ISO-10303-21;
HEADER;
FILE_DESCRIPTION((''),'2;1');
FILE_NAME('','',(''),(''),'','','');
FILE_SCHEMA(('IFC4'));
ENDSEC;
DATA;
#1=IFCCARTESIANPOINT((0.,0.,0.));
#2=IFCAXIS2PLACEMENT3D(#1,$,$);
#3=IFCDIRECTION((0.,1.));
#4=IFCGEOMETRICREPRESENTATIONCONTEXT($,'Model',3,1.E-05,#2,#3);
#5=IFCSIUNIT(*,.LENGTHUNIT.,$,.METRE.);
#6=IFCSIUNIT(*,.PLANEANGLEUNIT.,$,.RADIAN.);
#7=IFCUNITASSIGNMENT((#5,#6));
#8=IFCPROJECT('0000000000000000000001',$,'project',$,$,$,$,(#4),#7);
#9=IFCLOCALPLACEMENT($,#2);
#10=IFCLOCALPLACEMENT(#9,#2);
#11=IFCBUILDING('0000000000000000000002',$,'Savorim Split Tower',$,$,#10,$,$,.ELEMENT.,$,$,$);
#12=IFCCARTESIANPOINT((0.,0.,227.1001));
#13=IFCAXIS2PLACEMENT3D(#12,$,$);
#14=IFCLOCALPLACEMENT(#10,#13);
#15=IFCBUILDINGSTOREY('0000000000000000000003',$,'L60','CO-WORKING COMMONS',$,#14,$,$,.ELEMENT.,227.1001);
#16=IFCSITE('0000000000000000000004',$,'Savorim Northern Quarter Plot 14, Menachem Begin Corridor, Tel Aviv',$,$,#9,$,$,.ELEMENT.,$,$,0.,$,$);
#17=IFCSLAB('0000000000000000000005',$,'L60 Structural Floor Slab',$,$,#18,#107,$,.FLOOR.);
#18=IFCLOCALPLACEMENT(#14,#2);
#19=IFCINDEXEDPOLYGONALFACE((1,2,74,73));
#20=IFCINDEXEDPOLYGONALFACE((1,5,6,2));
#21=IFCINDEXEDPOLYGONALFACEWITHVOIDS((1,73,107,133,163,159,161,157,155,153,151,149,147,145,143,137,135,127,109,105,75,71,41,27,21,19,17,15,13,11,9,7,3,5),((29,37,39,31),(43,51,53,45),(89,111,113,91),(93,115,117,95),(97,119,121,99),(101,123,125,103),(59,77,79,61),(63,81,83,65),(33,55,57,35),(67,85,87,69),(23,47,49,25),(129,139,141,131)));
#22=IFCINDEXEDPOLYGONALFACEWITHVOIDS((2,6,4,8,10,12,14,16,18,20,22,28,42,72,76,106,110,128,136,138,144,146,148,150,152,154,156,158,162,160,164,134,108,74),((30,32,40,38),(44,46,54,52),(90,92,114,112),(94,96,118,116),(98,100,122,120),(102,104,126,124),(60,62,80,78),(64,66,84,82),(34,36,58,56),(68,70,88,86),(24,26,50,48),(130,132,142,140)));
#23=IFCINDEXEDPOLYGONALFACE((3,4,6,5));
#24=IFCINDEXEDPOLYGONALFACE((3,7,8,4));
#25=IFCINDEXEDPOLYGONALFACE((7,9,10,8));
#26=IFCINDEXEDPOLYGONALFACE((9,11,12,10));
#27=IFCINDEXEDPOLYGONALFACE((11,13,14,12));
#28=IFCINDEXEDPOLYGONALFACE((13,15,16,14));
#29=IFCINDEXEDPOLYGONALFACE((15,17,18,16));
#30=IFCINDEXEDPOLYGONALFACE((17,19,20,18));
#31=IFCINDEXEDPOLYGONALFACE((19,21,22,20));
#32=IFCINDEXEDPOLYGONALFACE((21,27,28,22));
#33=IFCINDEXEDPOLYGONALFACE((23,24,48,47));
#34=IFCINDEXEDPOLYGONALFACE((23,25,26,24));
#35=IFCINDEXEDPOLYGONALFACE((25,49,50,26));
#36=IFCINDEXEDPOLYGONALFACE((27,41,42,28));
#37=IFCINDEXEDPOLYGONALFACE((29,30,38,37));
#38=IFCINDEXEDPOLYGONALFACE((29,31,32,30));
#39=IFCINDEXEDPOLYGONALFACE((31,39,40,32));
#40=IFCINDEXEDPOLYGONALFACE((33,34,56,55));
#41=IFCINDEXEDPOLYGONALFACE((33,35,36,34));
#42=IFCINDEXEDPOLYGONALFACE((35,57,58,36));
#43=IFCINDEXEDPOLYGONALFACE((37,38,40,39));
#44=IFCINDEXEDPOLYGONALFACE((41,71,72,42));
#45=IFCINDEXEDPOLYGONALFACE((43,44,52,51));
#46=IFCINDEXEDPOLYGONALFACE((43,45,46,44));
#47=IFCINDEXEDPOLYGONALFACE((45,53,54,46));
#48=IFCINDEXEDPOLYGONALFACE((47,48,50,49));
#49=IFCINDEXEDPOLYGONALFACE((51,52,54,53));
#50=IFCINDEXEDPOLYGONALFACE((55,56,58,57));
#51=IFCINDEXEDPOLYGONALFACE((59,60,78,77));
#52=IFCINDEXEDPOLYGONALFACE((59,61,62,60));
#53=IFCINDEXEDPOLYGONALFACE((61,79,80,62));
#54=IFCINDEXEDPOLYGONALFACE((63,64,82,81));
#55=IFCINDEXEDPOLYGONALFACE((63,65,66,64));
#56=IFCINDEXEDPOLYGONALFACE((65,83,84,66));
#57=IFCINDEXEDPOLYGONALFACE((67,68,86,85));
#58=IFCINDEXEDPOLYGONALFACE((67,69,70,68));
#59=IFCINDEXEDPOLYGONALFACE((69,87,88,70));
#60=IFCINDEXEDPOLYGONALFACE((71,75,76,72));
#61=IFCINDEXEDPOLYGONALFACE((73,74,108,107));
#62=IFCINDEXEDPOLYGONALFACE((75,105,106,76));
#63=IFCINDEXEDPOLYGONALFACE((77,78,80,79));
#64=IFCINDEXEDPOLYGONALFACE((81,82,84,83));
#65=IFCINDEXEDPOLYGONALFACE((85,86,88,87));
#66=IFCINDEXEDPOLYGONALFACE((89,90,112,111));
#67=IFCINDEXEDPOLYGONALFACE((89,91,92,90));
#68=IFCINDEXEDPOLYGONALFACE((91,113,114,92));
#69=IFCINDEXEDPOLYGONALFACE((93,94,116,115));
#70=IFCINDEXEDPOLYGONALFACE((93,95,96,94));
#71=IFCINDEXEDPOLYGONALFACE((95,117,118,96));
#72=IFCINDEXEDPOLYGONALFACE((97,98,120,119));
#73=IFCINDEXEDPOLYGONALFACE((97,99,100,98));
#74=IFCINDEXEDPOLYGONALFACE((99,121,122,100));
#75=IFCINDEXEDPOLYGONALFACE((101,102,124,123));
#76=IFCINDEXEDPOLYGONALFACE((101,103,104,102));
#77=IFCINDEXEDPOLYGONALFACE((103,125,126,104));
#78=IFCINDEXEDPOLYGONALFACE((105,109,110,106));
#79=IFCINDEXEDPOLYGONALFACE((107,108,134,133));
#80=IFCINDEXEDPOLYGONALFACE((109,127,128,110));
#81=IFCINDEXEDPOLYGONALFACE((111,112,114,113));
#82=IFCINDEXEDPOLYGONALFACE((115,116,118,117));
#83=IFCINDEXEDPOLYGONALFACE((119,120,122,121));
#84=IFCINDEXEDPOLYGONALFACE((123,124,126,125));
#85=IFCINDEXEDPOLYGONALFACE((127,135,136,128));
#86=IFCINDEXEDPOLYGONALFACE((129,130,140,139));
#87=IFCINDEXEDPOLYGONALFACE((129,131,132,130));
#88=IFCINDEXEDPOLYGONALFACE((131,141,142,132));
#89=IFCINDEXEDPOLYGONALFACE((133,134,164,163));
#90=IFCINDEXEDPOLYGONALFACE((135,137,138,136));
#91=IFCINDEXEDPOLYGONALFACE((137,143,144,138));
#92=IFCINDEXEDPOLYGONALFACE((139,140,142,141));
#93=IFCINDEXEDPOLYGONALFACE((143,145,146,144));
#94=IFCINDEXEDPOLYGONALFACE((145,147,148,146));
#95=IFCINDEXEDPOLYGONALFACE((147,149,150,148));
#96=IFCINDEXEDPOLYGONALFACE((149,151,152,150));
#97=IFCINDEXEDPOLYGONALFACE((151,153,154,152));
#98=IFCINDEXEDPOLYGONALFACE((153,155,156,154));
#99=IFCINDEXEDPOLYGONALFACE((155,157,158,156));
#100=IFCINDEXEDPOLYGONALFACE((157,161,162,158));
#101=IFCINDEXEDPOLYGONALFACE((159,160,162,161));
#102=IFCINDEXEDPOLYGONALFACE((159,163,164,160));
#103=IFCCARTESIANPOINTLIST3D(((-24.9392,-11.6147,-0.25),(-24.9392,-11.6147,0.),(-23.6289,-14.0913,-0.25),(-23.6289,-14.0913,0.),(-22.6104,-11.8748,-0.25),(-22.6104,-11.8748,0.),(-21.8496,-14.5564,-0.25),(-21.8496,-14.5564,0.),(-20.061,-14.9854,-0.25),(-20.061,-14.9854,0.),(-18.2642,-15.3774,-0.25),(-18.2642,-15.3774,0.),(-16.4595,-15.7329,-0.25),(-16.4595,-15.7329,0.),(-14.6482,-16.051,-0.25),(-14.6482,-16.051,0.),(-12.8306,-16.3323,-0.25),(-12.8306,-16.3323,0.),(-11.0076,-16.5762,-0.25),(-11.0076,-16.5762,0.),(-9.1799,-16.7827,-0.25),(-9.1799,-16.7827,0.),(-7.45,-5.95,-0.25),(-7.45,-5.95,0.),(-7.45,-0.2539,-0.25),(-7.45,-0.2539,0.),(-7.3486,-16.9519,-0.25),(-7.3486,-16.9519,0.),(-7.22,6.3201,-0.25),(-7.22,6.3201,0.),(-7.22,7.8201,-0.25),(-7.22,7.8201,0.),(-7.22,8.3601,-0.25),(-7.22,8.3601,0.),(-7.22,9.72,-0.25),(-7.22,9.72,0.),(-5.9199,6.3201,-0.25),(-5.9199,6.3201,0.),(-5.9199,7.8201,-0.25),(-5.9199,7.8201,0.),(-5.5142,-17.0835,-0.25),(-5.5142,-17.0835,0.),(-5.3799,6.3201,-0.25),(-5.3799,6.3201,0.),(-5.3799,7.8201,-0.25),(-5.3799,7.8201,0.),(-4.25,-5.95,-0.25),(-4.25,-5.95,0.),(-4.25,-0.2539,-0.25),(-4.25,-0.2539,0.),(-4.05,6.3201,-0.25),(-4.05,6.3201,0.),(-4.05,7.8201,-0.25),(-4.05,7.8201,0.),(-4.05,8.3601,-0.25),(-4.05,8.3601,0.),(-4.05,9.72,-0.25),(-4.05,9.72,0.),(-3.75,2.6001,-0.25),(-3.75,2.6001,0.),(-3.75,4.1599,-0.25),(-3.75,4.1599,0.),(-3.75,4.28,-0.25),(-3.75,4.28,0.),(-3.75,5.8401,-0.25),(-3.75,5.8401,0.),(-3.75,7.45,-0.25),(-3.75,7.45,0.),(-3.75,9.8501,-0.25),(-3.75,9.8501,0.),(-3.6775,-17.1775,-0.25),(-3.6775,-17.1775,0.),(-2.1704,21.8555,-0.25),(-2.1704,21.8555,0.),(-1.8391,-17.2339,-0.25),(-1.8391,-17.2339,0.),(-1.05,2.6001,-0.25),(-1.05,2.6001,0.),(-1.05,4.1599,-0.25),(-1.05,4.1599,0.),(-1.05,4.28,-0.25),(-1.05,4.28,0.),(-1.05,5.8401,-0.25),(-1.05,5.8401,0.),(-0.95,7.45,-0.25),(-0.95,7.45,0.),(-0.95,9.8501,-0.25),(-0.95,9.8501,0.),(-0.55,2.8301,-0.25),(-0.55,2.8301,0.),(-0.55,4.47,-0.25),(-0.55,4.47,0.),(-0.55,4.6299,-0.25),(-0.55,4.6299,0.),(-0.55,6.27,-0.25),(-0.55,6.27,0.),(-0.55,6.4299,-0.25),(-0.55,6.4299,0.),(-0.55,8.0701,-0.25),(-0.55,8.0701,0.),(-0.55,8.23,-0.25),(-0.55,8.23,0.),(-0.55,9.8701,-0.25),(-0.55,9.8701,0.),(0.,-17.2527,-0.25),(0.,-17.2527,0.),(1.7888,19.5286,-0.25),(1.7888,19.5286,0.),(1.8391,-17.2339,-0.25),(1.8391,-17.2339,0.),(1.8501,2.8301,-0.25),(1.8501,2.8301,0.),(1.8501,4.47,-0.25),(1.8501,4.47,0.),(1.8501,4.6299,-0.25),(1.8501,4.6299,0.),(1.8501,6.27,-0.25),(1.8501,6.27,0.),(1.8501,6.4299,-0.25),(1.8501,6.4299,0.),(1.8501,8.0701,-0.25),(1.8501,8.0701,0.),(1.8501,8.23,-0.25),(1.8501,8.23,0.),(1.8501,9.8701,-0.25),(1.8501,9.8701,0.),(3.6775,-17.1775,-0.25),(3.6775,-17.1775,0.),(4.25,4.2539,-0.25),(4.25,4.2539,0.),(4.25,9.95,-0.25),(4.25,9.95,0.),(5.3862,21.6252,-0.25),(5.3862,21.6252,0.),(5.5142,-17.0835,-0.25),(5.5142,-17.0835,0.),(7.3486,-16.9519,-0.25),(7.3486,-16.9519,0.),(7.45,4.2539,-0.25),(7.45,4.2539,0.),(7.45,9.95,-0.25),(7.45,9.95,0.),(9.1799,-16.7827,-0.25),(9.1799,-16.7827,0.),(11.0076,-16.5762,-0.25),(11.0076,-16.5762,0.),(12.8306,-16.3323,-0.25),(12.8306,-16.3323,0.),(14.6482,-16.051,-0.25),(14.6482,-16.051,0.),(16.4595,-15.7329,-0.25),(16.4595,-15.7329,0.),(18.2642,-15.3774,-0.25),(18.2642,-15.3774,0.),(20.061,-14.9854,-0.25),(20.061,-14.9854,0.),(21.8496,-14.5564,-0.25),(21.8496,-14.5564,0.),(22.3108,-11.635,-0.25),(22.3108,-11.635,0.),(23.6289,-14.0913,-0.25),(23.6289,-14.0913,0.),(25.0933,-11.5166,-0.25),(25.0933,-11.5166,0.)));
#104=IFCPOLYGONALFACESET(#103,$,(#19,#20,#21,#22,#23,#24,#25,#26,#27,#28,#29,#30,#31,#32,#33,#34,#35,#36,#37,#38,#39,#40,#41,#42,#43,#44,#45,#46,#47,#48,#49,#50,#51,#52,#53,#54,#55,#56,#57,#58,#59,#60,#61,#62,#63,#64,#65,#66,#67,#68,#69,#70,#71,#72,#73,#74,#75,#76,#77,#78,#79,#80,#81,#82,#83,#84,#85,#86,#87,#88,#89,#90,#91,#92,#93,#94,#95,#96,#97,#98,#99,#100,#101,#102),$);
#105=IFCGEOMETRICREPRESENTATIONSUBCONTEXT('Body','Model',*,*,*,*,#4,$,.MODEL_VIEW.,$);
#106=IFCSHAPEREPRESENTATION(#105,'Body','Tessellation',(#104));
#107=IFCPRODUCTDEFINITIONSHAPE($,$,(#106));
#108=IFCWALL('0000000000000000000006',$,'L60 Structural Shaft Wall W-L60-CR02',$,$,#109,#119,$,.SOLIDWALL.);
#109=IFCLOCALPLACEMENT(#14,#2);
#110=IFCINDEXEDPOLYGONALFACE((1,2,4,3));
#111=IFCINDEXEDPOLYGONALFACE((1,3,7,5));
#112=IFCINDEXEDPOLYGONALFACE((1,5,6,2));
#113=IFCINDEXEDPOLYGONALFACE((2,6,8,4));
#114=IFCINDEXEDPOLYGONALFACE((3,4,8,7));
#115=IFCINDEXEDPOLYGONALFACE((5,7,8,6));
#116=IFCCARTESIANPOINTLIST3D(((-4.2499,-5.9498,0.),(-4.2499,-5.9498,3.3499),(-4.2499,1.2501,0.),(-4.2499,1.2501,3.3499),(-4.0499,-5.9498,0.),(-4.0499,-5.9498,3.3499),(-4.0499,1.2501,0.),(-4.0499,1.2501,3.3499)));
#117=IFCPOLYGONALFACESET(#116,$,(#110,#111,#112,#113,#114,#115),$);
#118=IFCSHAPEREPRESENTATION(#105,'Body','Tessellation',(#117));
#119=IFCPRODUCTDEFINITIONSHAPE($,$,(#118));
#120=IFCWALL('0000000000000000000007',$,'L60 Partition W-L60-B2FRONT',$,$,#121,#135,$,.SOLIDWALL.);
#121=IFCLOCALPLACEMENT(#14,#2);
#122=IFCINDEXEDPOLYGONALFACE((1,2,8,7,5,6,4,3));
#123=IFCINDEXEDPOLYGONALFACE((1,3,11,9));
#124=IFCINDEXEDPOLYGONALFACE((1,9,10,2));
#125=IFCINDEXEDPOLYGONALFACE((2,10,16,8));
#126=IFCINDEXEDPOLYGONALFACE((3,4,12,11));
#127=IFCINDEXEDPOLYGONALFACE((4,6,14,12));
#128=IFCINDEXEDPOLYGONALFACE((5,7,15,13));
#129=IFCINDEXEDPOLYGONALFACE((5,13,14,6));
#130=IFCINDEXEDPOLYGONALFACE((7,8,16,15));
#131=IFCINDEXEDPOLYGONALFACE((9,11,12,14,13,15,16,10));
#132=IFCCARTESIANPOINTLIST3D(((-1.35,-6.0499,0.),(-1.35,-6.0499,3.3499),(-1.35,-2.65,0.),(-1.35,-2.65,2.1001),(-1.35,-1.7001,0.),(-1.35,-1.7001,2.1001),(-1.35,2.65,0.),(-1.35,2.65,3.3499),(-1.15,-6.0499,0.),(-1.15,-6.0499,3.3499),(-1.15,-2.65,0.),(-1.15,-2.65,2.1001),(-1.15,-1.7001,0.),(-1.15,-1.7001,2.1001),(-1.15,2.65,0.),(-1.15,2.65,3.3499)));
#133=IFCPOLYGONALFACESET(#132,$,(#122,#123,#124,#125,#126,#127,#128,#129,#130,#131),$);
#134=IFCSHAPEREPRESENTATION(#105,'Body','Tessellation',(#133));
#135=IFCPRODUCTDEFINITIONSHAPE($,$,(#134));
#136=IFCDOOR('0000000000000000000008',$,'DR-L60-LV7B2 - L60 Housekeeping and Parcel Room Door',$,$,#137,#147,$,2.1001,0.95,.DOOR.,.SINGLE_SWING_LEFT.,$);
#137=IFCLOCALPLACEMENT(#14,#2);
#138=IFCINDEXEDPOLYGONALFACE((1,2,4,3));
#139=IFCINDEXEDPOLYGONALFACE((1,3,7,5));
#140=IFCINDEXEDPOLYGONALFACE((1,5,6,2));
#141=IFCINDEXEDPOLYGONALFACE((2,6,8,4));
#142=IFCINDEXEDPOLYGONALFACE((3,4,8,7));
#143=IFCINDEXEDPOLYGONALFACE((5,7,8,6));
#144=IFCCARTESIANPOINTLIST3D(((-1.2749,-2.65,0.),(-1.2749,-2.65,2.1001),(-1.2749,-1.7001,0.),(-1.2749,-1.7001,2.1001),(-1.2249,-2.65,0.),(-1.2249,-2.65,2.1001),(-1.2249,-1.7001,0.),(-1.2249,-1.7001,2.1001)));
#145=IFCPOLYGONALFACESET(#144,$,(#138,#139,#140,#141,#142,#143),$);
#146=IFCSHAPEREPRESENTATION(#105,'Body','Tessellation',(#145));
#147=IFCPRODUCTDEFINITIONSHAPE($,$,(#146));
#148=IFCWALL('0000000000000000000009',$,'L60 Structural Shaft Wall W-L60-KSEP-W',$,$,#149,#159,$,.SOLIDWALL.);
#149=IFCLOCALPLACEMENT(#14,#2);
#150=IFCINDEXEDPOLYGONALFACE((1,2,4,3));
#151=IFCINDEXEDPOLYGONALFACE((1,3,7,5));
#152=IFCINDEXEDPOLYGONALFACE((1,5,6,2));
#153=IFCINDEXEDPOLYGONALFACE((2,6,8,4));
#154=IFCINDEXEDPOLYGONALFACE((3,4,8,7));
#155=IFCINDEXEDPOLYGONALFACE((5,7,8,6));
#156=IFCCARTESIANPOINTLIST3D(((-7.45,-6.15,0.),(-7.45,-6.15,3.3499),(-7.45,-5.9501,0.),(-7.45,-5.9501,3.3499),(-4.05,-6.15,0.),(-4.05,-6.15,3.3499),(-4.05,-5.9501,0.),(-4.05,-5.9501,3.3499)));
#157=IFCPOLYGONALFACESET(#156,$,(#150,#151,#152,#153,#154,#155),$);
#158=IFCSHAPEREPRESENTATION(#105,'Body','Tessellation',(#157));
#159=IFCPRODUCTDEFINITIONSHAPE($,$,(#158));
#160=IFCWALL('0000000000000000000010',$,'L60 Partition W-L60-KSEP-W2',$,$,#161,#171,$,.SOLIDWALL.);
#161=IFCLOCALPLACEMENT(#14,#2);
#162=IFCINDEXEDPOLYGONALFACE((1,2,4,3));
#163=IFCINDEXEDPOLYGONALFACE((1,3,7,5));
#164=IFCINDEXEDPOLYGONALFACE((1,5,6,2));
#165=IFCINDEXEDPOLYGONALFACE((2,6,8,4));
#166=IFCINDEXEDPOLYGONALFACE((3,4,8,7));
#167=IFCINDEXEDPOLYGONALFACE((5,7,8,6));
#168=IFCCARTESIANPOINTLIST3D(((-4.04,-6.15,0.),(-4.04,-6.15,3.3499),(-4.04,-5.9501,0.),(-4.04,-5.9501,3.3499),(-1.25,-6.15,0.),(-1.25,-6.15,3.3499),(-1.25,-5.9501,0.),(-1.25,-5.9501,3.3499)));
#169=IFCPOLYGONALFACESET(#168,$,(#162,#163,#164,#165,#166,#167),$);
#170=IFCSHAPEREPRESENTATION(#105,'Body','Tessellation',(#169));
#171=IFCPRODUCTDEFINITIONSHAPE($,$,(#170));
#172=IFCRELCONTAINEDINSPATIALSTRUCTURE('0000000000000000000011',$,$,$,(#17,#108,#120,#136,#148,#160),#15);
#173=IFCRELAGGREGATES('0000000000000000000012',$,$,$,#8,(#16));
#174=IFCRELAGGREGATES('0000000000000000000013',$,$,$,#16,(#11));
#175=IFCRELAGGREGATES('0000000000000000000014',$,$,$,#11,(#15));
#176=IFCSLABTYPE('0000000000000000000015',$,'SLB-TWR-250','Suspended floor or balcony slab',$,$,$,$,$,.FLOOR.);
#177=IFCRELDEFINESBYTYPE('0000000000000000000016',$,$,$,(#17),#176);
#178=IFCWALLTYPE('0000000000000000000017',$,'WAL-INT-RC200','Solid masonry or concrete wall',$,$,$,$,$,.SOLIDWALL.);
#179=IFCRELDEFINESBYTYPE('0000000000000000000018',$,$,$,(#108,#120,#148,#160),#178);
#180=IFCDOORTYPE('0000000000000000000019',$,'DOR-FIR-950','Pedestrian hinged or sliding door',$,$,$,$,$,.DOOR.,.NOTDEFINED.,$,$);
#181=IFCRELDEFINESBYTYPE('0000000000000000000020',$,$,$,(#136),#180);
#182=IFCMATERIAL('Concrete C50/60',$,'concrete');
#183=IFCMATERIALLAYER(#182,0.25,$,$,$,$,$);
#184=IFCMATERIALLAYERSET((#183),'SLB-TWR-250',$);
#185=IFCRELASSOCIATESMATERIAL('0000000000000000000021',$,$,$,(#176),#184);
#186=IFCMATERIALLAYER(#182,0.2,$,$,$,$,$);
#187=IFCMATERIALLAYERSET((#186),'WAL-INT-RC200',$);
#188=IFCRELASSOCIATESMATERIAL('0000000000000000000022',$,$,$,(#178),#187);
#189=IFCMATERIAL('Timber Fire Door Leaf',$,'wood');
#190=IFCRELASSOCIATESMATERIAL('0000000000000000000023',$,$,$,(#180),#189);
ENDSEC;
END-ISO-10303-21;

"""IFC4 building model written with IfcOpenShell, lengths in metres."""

from ifc_helpers import new_model, si_unit, direction, frame, frame_2d, origin, place, context, subcontext, project, spatial, polyline, rectangle, outline, extrude, material, layer, layer_set, type_object, element, fill, save


model = new_model("IFC4")

# Units and contexts
model_context = context("Model", 3, precision=1e-05, world=origin(), true_north=direction((0.0, 1.0)))
body_context = subcontext(model_context, "Body", "Model", "MODEL_VIEW")
ifc_project = project(units=[si_unit("LENGTHUNIT", "METRE"), si_unit("PLANEANGLEUNIT", "RADIAN")], contexts=[model_context])

# Site, building, storey
site_placement = place(None, origin())
site = spatial("IfcSite", under=ifc_project, at=site_placement, Name="Savorim Northern Quarter Plot 14, Menachem Begin Corridor, Tel Aviv", CompositionType="ELEMENT", RefElevation=0.0)
building_placement = place(site_placement, origin())
building = spatial("IfcBuilding", under=site, at=building_placement, Name="Savorim Split Tower", CompositionType="ELEMENT")
storey_placement = place(building_placement, frame((0.0, 0.0, 227.1001)))
storey = spatial("IfcBuildingStorey", under=building, at=storey_placement, Name="L60", Description="CO-WORKING COMMONS", CompositionType="ELEMENT", Elevation=227.1001)

# Shared definitions
ifc_material_1 = material(Name="Concrete C50/60", Category="concrete")

# Slab
ifc_layer_1 = layer(ifc_material_1, 0.25)
ifc_layer_set_1 = layer_set([ifc_layer_1], Name="SLB-TWR-250")
slab_type_1 = type_object("IfcSlabType", Name="SLB-TWR-250", Description="Suspended floor or balcony slab", PredefinedType="FLOOR", material=ifc_layer_set_1)
slab_1_placement = place(storey_placement, frame((0.0, 0.0, -0.25)))
element("IfcSlab", 1, at=slab_1_placement, inside=storey, type_object=slab_type_1, Name="L60 Structural Floor Slab", PredefinedType="FLOOR", context=body_context, shape_type="SweptSolid", body=[
    extrude(outline(polyline([(-23.6289, -14.0913), (-21.8496, -14.5564), (-20.061, -14.9854), (-18.2642, -15.3774), (-16.4595, -15.7329), (-14.6482, -16.051), (-12.8306, -16.3323), (-11.0076, -16.5762), (-9.1799, -16.7827), (-7.3486, -16.9519), (-5.5142, -17.0835), (-3.6775, -17.1775), (-1.8391, -17.2339), (0.0, -17.2527), (1.8391, -17.2339), (3.6775, -17.1775), (5.5142, -17.0835), (7.3486, -16.9519), (9.1799, -16.7827), (11.0076, -16.5762), (12.8306, -16.3323), (14.6482, -16.051), (16.4595, -15.7329), (18.2642, -15.3774), (20.061, -14.9854), (21.8496, -14.5564), (23.6289, -14.0913), (22.3108, -11.635), (25.0933, -11.5166), (5.3862, 21.6252), (1.7888, 19.5286), (-2.1704, 21.8555), (-24.9392, -11.6147), (-22.6104, -11.8748), (-23.6289, -14.0913)]), holes=[polyline([(-7.45, -0.2539), (-7.45, -5.95), (-4.25, -5.95), (-4.25, -0.2539), (-7.45, -0.2539)]), polyline([(7.45, 4.2539), (7.45, 9.95), (4.25, 9.95), (4.25, 4.2539), (7.45, 4.2539)]), polyline([(-0.55, 2.8301), (1.8501, 2.8301), (1.8501, 4.47), (-0.55, 4.47), (-0.55, 2.8301)]), polyline([(-0.55, 4.6299), (1.8501, 4.6299), (1.8501, 6.27), (-0.55, 6.27), (-0.55, 4.6299)]), polyline([(-0.55, 6.4299), (1.8501, 6.4299), (1.8501, 8.0701), (-0.55, 8.0701), (-0.55, 6.4299)]), polyline([(-0.55, 8.23), (1.8501, 8.23), (1.8501, 9.8701), (-0.55, 9.8701), (-0.55, 8.23)]), polyline([(-3.75, 2.6001), (-1.05, 2.6001), (-1.05, 4.1599), (-3.75, 4.1599), (-3.75, 2.6001)]), polyline([(-3.75, 4.28), (-1.05, 4.28), (-1.05, 5.8401), (-3.75, 5.8401), (-3.75, 4.28)]), polyline([(-3.75, 7.45), (-0.95, 7.45), (-0.95, 9.8501), (-3.75, 9.8501), (-3.75, 7.45)]), polyline([(-7.22, 6.3201), (-5.9199, 6.3201), (-5.9199, 7.8201), (-7.22, 7.8201), (-7.22, 6.3201)]), polyline([(-5.3799, 6.3201), (-4.05, 6.3201), (-4.05, 7.8201), (-5.3799, 7.8201), (-5.3799, 6.3201)]), polyline([(-7.22, 8.3601), (-4.05, 8.3601), (-4.05, 9.72), (-7.22, 9.72), (-7.22, 8.3601)])]), origin(), (0.0, 0.0, 1.0), 0.25),
])

# Wall
ifc_layer_2 = layer(ifc_material_1, 0.2)
ifc_layer_set_2 = layer_set([ifc_layer_2], Name="WAL-INT-RC200")
wall_type_1 = type_object("IfcWallType", Name="WAL-INT-RC200", Description="Solid masonry or concrete wall", PredefinedType="SOLIDWALL", material=ifc_layer_set_2)
wall_1_placement = place(storey_placement, frame((-4.1499, -5.95, 0.0), z_axis=(0.0, 0.0, 1.0), x_axis=(0.0, 1.0, 0.0)))
element("IfcWall", 2, at=wall_1_placement, inside=storey, type_object=wall_type_1, Name="L60 Structural Shaft Wall W-L60-CR02", PredefinedType="SOLIDWALL", context=body_context, shape_type="SweptSolid", body=[
    extrude(rectangle(XDim=7.2, YDim=0.2, at=frame_2d((3.6001, 0.0))), origin(), (0.0, 0.0, 1.0), 3.3499),
])

# Wall, opening, door
wall_2_placement = place(storey_placement, frame((-1.25, -6.05, 0.0), z_axis=(0.0, 0.0, 1.0), x_axis=(0.0, 1.0, 0.0)))
wall_2 = element("IfcWall", 3, at=wall_2_placement, inside=storey, type_object=wall_type_1, Name="L60 Partition W-L60-B2FRONT", PredefinedType="SOLIDWALL", context=body_context, shape_type="SweptSolid", body=[
    extrude(rectangle(XDim=8.7, YDim=0.2, at=frame_2d((4.3501, 0.0))), origin(), (0.0, 0.0, 1.0), 3.3499),
])
opening_placement = place(wall_2_placement, frame((3.3999, 0.0, 0.0)))
opening = element("IfcOpeningElement", 4, at=opening_placement, cuts=wall_2, PredefinedType="OPENING", context=body_context, shape_type="SweptSolid", body=[
    extrude(rectangle(XDim=0.95, YDim=2.1001, at=frame_2d((0.4751, 1.05))), frame((0.0, 0.1099, 0.0), z_axis=(0.0, -1.0, 0.0), x_axis=(1.0, 0.0, 0.0)), (0.0, 0.0, 1.0), 0.22),
])
ifc_material_2 = material(Name="Timber Fire Door Leaf", Category="wood")
door_type = type_object("IfcDoorType", Name="DOR-FIR-950", Description="Pedestrian hinged or sliding door", OperationType="NOTDEFINED", PredefinedType="DOOR", material=ifc_material_2)
door_placement = place(opening_placement, origin())
door = element("IfcDoor", 5, at=door_placement, inside=storey, type_object=door_type, Name="DR-L60-LV7B2 - L60 Housekeeping and Parcel Room Door", OperationType="SINGLE_SWING_LEFT", OverallHeight=2.1001, OverallWidth=0.95, PredefinedType="DOOR", context=body_context, shape_type="SweptSolid", body=[
    extrude(rectangle(XDim=0.95, YDim=2.1001, at=frame_2d((0.4751, 1.05))), frame((0.0, 0.0249, 0.0), z_axis=(0.0, -1.0, 0.0), x_axis=(1.0, 0.0, 0.0)), (0.0, 0.0, 1.0), 0.05),
])
fill(opening, door)

# Walls
wall_3_placement = place(storey_placement, frame((-7.45, -6.05, 0.0), z_axis=(0.0, 0.0, 1.0), x_axis=(1.0, 0.0, 0.0)))
element("IfcWall", 6, at=wall_3_placement, inside=storey, type_object=wall_type_1, Name="L60 Structural Shaft Wall W-L60-KSEP-W", PredefinedType="SOLIDWALL", context=body_context, shape_type="SweptSolid", body=[
    extrude(rectangle(XDim=3.3999, YDim=0.2, at=frame_2d((1.7, 0.0))), origin(), (0.0, 0.0, 1.0), 3.3499),
])
wall_4_placement = place(storey_placement, frame((-4.04, -6.05, 0.0), z_axis=(0.0, 0.0, 1.0), x_axis=(1.0, 0.0, 0.0)))
element("IfcWall", 7, at=wall_4_placement, inside=storey, type_object=wall_type_1, Name="L60 Partition W-L60-KSEP-W2", PredefinedType="SOLIDWALL", context=body_context, shape_type="SweptSolid", body=[
    extrude(rectangle(XDim=2.79, YDim=0.2, at=frame_2d((1.395, 0.0))), origin(), (0.0, 0.0, 1.0), 3.3499),
])

save(model, "model.ifc")
